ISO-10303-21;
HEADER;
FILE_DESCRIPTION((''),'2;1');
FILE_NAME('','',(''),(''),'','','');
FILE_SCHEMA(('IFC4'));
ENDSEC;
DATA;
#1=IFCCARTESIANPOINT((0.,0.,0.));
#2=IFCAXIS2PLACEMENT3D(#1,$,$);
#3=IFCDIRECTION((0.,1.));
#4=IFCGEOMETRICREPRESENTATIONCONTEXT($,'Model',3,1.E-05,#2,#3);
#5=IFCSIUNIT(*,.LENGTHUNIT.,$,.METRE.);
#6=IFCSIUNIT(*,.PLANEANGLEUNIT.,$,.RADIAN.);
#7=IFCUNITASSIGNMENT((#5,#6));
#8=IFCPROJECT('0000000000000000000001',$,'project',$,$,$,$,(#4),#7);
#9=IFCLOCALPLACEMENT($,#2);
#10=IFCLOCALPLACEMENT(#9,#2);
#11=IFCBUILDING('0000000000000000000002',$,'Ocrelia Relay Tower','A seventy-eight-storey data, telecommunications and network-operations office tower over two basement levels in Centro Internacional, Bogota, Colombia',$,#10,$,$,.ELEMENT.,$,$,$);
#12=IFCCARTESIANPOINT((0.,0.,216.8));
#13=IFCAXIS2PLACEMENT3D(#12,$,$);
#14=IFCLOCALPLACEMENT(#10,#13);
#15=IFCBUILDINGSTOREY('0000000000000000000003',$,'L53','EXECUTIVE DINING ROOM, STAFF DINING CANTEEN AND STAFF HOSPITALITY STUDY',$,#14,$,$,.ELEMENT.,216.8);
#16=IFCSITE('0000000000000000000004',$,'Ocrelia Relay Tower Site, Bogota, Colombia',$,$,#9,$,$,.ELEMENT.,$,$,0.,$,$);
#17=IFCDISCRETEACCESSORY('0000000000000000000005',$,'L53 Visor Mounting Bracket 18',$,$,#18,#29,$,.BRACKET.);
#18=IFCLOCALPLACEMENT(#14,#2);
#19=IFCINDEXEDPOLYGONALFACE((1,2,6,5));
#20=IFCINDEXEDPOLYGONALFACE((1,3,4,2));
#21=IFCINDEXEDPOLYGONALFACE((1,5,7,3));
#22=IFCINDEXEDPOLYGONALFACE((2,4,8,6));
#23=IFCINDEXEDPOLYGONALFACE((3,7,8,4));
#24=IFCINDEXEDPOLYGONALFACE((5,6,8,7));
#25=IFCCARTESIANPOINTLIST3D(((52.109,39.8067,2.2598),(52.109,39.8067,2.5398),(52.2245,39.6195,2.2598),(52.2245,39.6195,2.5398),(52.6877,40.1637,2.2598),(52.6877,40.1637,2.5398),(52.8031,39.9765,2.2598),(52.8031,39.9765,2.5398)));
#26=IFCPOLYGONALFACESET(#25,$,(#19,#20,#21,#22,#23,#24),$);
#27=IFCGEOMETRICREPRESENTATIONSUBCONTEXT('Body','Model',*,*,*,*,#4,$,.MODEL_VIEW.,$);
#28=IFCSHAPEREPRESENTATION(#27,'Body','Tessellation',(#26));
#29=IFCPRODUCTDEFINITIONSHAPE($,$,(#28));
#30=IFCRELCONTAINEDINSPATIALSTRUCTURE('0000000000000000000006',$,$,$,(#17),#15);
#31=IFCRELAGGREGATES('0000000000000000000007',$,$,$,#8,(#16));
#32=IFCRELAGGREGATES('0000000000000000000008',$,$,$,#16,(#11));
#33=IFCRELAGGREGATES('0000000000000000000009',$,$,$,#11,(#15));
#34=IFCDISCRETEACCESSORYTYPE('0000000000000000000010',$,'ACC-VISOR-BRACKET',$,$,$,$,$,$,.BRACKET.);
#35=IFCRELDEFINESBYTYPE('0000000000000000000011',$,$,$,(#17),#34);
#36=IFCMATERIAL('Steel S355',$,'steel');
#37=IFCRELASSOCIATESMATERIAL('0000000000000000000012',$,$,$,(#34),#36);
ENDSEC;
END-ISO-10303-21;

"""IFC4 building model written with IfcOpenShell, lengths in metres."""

from ifc_helpers import new_model, si_unit, direction, frame, origin, origin_2d, place, context, subcontext, project, spatial, rectangle, extrude, material, type_object, element, save


model = new_model("IFC4")

# Units and contexts
model_context = context("Model", 3, precision=1e-05, world=origin(), true_north=direction((0.0, 1.0)))
body_context = subcontext(model_context, "Body", "Model", "MODEL_VIEW")
ifc_project = project(units=[si_unit("LENGTHUNIT", "METRE"), si_unit("PLANEANGLEUNIT", "RADIAN")], contexts=[model_context])

# Site, building, storey
site_placement = place(None, origin())
site = spatial("IfcSite", under=ifc_project, at=site_placement, Name="Ocrelia Relay Tower Site, Bogota, Colombia", CompositionType="ELEMENT", RefElevation=0.0)
building_placement = place(site_placement, origin())
building = spatial("IfcBuilding", under=site, at=building_placement, Name="Ocrelia Relay Tower", Description="A seventy-eight-storey data, telecommunications and network-operations office tower over two basement levels in Centro Internacional, Bogota, Colombia", CompositionType="ELEMENT")
storey_placement = place(building_placement, frame((0.0, 0.0, 216.8)))
storey = spatial("IfcBuildingStorey", under=building, at=storey_placement, Name="L53", Description="EXECUTIVE DINING ROOM, STAFF DINING CANTEEN AND STAFF HOSPITALITY STUDY", CompositionType="ELEMENT", Elevation=216.8)

# Shared definitions
ifc_material_1 = material(Name="Steel S355", Category="steel")

# Discrete accessory
discrete_accessory_type = type_object("IfcDiscreteAccessoryType", Name="ACC-VISOR-BRACKET", PredefinedType="BRACKET", material=ifc_material_1)
for number, where, z_axis, x_axis, name in (
    (1, (52.4561, 39.8916, 2.2598), (0.0, 0.0, 1.0), (-0.525018, 0.851091, 0.0), "L53 Visor Mounting Bracket 18"),
):
    element("IfcDiscreteAccessory", number, at=place(storey_placement, frame(where, z_axis=z_axis, x_axis=x_axis)), inside=storey, type_object=discrete_accessory_type, Name=name, PredefinedType="BRACKET", context=body_context, shape_type="SweptSolid", body=[
        extrude(rectangle(XDim=0.22, YDim=0.6799, at=origin_2d()), origin(), (0.0, 0.0, 1.0), 0.28),
    ])

save(model, "model.ifc")
